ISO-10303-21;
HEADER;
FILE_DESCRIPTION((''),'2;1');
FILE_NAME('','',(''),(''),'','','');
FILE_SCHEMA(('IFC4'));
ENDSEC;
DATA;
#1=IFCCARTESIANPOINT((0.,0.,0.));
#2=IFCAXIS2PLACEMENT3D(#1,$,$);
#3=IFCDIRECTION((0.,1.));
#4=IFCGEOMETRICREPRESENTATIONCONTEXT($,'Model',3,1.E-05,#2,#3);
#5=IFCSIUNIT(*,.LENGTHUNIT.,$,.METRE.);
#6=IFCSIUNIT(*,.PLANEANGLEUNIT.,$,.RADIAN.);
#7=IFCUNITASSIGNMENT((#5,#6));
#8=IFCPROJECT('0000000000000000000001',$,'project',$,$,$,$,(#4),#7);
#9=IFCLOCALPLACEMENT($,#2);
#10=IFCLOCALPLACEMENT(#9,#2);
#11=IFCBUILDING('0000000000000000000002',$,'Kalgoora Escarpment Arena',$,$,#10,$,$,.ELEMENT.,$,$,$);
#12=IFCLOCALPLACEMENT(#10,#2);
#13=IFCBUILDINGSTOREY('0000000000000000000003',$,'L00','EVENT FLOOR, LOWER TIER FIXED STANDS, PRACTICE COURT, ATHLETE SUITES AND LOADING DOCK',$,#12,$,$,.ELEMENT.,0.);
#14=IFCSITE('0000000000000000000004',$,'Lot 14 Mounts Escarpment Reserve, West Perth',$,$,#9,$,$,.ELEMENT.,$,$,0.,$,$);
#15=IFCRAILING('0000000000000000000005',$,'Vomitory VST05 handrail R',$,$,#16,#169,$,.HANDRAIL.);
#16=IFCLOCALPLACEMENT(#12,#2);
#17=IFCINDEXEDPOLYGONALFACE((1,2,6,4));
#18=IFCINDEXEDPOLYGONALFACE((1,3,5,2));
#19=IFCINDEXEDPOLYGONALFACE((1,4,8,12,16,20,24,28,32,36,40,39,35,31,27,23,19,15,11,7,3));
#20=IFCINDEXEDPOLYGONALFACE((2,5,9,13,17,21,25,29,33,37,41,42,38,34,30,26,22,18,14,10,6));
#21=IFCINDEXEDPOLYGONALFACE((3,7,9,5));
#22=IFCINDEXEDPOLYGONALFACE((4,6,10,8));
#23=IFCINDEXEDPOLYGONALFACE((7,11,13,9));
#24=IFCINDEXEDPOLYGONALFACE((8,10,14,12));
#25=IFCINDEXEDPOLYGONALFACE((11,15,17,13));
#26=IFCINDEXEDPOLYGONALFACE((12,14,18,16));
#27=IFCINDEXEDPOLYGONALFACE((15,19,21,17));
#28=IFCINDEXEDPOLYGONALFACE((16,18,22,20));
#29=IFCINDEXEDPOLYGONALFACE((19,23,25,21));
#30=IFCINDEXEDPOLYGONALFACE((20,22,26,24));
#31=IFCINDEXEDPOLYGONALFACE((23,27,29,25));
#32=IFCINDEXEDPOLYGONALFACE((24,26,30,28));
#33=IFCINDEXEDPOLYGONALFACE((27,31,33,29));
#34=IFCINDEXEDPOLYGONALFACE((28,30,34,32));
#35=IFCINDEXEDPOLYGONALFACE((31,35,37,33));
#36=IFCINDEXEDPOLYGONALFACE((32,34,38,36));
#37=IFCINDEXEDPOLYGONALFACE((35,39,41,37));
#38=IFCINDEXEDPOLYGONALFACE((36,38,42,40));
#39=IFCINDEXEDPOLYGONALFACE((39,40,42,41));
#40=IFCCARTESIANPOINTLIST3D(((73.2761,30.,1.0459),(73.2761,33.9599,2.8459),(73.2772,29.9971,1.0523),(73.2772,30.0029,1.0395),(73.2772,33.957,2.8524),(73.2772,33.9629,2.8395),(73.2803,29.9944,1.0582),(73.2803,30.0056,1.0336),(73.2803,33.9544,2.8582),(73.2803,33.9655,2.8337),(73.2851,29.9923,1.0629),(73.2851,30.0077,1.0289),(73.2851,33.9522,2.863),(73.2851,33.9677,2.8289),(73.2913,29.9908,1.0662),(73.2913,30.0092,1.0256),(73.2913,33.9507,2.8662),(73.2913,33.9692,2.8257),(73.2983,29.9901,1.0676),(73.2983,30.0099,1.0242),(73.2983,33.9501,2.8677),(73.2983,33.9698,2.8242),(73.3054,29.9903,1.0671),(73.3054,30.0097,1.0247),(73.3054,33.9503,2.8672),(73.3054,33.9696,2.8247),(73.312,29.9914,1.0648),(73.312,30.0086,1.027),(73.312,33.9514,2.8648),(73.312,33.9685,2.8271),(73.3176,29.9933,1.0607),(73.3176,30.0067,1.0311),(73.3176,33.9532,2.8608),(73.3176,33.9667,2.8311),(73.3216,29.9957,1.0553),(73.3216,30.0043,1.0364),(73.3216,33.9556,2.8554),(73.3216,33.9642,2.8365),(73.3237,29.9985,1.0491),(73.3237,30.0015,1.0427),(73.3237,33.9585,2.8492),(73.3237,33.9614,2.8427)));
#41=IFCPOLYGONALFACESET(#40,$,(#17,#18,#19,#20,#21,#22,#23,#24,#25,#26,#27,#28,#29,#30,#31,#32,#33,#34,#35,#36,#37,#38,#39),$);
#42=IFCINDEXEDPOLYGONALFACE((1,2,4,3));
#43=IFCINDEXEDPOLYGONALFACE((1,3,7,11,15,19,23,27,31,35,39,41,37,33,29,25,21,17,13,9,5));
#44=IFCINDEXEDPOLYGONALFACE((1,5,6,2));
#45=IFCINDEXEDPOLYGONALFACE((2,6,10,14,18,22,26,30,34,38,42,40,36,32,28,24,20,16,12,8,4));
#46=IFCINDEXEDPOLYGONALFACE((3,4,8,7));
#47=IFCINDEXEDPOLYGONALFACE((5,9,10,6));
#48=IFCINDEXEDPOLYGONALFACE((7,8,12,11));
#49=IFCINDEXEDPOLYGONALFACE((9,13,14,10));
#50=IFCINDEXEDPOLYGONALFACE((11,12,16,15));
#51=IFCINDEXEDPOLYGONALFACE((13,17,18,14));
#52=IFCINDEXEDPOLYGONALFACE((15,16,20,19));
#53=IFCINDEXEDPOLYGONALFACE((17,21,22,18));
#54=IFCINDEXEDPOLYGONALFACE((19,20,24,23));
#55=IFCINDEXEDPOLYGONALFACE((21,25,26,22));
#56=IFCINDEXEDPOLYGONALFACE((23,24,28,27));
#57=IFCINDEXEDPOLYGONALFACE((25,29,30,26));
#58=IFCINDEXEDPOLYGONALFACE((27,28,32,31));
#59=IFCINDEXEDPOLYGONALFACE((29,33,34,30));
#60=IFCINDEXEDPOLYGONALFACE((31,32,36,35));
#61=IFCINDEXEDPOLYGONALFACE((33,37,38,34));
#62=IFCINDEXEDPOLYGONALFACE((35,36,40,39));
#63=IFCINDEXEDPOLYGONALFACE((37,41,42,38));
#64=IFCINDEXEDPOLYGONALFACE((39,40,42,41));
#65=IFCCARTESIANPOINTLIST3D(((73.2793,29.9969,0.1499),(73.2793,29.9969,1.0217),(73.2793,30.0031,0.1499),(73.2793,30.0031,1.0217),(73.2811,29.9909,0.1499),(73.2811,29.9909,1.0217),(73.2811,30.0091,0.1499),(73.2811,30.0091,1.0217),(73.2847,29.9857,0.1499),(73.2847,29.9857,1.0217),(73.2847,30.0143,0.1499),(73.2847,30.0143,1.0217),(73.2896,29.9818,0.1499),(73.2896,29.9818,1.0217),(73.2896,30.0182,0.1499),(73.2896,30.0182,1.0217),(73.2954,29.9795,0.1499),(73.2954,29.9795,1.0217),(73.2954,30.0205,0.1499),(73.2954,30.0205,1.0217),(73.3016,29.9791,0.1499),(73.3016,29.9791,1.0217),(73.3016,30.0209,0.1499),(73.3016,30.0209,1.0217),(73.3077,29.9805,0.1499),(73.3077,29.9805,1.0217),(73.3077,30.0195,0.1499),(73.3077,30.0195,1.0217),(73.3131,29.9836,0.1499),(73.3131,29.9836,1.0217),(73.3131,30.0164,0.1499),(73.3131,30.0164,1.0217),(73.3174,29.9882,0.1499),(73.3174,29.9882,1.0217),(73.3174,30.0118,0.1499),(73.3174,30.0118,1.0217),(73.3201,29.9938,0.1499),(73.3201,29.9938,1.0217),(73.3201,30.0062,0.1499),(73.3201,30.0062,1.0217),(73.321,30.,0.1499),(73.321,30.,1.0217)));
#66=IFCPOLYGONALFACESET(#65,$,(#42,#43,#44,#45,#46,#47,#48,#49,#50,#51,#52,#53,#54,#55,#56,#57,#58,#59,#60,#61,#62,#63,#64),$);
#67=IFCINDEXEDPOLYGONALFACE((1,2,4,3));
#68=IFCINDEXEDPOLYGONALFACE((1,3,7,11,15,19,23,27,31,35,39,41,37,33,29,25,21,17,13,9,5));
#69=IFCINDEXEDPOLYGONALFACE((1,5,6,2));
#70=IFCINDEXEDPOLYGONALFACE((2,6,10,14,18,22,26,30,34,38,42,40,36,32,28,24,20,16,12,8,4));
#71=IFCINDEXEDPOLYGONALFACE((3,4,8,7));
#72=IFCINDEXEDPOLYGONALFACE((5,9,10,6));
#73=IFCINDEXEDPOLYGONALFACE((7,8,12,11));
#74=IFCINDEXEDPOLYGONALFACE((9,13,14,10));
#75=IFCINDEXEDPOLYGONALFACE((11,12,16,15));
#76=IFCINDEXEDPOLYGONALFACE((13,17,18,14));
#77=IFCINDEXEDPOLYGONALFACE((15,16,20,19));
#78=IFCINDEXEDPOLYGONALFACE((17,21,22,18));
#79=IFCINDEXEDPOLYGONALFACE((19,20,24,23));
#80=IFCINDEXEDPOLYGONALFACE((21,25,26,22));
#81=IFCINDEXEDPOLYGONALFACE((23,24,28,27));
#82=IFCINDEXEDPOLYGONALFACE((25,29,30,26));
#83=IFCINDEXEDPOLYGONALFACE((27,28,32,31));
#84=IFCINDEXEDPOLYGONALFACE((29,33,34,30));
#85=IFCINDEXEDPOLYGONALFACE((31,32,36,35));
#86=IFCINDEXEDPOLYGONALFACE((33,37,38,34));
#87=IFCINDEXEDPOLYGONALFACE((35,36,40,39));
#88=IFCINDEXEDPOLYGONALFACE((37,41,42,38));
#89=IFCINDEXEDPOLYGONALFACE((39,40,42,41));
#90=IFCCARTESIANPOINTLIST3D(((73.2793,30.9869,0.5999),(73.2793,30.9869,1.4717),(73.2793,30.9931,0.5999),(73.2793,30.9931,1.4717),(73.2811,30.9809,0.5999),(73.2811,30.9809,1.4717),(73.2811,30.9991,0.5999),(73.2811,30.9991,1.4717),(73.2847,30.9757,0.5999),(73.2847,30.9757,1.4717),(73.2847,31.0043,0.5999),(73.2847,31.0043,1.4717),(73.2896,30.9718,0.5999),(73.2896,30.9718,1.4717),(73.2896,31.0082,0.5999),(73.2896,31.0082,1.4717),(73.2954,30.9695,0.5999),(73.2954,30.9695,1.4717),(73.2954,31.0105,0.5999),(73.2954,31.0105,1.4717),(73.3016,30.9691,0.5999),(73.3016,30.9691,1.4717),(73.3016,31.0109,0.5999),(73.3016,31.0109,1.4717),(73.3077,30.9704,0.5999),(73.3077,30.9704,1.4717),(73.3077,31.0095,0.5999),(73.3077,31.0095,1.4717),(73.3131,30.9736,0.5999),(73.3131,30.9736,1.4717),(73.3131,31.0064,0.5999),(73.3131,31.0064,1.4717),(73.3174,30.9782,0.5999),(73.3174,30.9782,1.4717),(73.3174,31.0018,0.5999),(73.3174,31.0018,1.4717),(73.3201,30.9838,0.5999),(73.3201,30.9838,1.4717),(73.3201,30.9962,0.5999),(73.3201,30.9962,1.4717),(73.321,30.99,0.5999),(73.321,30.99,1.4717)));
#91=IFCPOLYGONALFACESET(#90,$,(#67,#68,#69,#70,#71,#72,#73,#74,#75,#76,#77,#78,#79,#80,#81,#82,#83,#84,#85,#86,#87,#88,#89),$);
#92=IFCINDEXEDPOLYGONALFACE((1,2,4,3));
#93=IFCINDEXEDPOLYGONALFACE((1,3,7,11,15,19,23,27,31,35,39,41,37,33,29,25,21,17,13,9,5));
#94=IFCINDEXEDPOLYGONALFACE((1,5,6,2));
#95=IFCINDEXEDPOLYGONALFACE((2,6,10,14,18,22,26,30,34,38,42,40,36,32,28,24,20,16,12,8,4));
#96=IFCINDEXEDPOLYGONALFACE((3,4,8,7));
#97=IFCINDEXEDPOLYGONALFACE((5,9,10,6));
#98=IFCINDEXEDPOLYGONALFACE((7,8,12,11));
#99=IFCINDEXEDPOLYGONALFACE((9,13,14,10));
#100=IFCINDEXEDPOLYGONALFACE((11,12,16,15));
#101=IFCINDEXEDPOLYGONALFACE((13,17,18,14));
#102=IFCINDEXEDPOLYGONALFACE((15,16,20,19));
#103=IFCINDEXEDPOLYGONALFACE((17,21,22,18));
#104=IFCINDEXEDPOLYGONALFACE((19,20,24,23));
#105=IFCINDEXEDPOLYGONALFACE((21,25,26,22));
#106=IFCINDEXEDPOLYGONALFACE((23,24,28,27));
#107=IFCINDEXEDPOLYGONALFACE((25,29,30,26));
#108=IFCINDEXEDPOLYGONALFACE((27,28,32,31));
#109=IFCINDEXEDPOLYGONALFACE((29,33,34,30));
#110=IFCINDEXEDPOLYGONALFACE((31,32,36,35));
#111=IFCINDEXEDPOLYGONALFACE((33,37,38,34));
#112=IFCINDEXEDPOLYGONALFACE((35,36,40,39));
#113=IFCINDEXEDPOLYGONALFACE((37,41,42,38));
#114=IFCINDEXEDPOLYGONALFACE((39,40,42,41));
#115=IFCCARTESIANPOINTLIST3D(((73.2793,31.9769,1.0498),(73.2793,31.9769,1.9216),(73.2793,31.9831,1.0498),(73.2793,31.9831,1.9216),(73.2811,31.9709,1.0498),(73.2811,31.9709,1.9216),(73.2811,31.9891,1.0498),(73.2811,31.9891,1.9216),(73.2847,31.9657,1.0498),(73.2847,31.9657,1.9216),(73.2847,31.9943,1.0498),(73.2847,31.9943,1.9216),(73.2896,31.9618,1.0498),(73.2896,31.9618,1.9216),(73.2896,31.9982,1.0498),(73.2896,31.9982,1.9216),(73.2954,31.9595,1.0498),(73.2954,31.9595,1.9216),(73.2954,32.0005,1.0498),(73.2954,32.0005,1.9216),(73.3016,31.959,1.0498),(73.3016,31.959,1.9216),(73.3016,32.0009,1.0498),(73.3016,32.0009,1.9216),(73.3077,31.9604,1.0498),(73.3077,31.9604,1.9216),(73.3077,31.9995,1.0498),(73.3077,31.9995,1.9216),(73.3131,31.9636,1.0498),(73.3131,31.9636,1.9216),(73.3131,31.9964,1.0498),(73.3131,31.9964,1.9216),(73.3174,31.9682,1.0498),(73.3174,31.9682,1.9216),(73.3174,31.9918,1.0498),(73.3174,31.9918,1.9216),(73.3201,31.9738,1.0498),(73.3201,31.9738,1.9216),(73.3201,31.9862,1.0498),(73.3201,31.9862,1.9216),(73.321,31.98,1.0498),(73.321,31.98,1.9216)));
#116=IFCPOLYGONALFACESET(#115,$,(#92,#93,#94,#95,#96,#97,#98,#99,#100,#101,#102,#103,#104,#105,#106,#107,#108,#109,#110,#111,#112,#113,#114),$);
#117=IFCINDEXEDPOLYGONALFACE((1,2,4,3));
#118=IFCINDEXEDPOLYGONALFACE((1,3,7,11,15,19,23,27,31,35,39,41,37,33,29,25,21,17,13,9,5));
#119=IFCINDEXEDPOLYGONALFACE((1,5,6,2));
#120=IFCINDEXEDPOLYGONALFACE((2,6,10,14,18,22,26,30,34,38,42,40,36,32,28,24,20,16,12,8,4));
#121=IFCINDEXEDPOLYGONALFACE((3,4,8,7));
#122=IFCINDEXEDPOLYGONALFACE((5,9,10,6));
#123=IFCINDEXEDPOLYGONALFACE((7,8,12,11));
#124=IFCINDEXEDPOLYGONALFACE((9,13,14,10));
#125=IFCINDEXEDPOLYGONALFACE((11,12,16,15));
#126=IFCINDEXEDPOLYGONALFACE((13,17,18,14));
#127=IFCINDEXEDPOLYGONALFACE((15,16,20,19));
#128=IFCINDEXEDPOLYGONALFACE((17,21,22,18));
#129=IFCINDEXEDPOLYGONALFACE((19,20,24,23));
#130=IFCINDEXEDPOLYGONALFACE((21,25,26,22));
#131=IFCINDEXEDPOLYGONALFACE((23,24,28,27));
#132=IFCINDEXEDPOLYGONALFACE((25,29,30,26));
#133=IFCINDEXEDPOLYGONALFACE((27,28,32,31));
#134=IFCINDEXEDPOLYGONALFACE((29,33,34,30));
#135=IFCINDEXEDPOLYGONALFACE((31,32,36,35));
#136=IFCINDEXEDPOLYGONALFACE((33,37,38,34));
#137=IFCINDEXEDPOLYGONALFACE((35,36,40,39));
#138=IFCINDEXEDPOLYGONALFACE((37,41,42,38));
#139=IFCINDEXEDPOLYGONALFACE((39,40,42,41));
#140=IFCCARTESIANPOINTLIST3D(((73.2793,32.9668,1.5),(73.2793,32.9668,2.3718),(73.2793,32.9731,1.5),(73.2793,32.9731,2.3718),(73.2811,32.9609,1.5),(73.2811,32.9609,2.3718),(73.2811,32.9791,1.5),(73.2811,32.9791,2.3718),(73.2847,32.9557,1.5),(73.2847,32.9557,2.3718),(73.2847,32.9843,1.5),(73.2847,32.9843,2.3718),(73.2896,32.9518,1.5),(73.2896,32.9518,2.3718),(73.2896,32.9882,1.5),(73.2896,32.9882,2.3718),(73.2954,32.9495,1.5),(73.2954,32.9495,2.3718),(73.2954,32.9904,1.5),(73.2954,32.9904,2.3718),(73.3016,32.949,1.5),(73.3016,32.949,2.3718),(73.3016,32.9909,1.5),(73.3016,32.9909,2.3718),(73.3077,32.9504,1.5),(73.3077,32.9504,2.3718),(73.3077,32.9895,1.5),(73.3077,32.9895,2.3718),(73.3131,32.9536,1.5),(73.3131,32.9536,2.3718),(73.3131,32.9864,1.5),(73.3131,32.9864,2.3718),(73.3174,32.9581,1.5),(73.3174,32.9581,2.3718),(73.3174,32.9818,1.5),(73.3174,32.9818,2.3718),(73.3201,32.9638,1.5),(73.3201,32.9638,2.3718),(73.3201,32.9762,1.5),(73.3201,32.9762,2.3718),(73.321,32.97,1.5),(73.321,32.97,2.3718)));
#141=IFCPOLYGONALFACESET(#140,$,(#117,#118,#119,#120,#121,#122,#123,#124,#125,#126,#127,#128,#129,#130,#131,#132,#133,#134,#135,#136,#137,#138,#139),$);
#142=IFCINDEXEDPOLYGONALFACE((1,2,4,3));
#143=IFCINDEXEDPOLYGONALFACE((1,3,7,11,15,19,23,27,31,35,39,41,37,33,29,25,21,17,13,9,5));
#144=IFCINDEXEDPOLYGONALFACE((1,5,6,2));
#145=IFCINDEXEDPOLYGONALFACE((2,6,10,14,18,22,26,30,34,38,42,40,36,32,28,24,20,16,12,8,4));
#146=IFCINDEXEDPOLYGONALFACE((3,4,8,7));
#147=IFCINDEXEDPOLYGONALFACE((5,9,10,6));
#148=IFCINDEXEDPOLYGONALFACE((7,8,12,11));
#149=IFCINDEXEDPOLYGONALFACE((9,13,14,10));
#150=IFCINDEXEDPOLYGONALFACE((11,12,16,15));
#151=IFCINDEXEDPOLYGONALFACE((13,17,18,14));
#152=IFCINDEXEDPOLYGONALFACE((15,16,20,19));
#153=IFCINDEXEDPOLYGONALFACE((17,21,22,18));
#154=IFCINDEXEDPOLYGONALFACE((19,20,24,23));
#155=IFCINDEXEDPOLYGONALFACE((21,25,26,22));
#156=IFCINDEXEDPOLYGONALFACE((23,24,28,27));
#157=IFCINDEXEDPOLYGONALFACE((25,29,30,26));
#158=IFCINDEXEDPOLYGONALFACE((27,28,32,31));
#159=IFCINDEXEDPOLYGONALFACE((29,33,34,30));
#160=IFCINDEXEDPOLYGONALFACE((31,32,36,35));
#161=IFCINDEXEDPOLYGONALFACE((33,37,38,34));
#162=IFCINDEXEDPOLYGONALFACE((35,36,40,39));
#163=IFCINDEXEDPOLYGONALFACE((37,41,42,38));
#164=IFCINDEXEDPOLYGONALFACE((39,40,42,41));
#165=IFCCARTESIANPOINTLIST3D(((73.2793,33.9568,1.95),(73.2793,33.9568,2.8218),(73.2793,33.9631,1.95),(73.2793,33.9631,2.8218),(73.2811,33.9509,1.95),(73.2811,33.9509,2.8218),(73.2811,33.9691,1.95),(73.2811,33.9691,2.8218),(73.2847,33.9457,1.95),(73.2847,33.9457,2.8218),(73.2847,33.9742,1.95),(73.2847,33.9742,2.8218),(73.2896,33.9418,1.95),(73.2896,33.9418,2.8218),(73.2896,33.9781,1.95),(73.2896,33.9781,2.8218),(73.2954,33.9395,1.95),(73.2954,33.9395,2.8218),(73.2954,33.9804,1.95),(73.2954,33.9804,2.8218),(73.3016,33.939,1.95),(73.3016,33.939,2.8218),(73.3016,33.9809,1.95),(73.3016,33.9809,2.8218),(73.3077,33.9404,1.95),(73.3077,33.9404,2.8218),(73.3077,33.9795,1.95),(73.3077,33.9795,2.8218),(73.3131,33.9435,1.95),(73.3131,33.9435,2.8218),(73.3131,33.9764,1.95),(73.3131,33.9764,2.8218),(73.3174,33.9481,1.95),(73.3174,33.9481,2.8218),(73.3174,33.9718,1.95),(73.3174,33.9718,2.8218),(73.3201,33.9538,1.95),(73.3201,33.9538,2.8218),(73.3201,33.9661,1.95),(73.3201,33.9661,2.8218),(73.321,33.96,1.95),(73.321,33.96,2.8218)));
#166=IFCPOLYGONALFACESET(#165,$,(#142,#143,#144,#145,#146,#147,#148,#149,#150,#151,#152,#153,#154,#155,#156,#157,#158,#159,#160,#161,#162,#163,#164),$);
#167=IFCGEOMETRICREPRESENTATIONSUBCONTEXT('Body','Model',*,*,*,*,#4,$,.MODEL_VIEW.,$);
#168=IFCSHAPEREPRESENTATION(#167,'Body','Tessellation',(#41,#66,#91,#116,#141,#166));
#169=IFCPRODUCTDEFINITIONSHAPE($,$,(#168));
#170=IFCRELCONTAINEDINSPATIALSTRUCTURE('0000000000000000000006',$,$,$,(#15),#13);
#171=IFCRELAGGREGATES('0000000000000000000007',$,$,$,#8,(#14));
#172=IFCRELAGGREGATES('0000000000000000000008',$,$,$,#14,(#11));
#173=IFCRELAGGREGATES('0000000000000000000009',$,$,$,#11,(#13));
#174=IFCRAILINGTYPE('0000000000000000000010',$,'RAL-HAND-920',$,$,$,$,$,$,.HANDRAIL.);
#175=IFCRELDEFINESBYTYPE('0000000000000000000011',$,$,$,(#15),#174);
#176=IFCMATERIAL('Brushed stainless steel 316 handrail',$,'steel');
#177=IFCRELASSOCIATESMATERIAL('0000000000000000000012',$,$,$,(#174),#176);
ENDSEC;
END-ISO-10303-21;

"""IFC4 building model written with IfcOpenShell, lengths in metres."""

from ifc_helpers import new_model, si_unit, direction, frame, origin, origin_2d, place, context, subcontext, project, spatial, circle, extrude, material, type_object, element, save


model = new_model("IFC4")

# Units and contexts
model_context = context("Model", 3, precision=1e-05, world=origin(), true_north=direction((0.0, 1.0)))
body_context = subcontext(model_context, "Body", "Model", "MODEL_VIEW")
ifc_project = project(units=[si_unit("LENGTHUNIT", "METRE"), si_unit("PLANEANGLEUNIT", "RADIAN")], contexts=[model_context])

# Site, building, storey
site_placement = place(None, origin())
site = spatial("IfcSite", under=ifc_project, at=site_placement, Name="Lot 14 Mounts Escarpment Reserve, West Perth", CompositionType="ELEMENT", RefElevation=0.0)
building_placement = place(site_placement, origin())
building = spatial("IfcBuilding", under=site, at=building_placement, Name="Kalgoora Escarpment Arena", CompositionType="ELEMENT")
storey_placement = place(building_placement, origin())
storey = spatial("IfcBuildingStorey", under=building, at=storey_placement, Name="L00", Description="EVENT FLOOR, LOWER TIER FIXED STANDS, PRACTICE COURT, ATHLETE SUITES AND LOADING DOCK", CompositionType="ELEMENT", Elevation=0.0)

# Railing
ifc_material_1 = material(Name="Brushed stainless steel 316 handrail", Category="steel")
railing_type_1 = type_object("IfcRailingType", Name="RAL-HAND-920", PredefinedType="HANDRAIL", material=ifc_material_1)
railing_1_placement = place(storey_placement, frame((73.3, 30.0, 0.1499)))
element("IfcRailing", 1, at=railing_1_placement, inside=storey, type_object=railing_type_1, Name="Vomitory VST05 handrail R", PredefinedType="HANDRAIL", context=body_context, shape_type="SweptSolid", body=[
    extrude(circle(Radius=0.0239, at=origin_2d()), frame((0.0, 0.0, 0.896), z_axis=(0.0, 0.910361, 0.413816), x_axis=(-1.0, 0.0, 0.0)), (0.0, 0.0, 1.0), 4.3499),
    extrude(circle(Radius=0.021, at=origin_2d()), origin(), (0.0, 0.0, 1.0), 0.8718),
    extrude(circle(Radius=0.021, at=origin_2d()), frame((0.0, 0.99, 0.45)), (0.0, 0.0, 1.0), 0.8718),
    extrude(circle(Radius=0.021, at=origin_2d()), frame((0.0, 1.98, 0.8999)), (0.0, 0.0, 1.0), 0.8718),
    extrude(circle(Radius=0.021, at=origin_2d()), frame((0.0, 2.97, 1.3501)), (0.0, 0.0, 1.0), 0.8718),
    extrude(circle(Radius=0.021, at=origin_2d()), frame((0.0, 3.96, 1.8)), (0.0, 0.0, 1.0), 0.8718),
])

save(model, "model.ifc")
